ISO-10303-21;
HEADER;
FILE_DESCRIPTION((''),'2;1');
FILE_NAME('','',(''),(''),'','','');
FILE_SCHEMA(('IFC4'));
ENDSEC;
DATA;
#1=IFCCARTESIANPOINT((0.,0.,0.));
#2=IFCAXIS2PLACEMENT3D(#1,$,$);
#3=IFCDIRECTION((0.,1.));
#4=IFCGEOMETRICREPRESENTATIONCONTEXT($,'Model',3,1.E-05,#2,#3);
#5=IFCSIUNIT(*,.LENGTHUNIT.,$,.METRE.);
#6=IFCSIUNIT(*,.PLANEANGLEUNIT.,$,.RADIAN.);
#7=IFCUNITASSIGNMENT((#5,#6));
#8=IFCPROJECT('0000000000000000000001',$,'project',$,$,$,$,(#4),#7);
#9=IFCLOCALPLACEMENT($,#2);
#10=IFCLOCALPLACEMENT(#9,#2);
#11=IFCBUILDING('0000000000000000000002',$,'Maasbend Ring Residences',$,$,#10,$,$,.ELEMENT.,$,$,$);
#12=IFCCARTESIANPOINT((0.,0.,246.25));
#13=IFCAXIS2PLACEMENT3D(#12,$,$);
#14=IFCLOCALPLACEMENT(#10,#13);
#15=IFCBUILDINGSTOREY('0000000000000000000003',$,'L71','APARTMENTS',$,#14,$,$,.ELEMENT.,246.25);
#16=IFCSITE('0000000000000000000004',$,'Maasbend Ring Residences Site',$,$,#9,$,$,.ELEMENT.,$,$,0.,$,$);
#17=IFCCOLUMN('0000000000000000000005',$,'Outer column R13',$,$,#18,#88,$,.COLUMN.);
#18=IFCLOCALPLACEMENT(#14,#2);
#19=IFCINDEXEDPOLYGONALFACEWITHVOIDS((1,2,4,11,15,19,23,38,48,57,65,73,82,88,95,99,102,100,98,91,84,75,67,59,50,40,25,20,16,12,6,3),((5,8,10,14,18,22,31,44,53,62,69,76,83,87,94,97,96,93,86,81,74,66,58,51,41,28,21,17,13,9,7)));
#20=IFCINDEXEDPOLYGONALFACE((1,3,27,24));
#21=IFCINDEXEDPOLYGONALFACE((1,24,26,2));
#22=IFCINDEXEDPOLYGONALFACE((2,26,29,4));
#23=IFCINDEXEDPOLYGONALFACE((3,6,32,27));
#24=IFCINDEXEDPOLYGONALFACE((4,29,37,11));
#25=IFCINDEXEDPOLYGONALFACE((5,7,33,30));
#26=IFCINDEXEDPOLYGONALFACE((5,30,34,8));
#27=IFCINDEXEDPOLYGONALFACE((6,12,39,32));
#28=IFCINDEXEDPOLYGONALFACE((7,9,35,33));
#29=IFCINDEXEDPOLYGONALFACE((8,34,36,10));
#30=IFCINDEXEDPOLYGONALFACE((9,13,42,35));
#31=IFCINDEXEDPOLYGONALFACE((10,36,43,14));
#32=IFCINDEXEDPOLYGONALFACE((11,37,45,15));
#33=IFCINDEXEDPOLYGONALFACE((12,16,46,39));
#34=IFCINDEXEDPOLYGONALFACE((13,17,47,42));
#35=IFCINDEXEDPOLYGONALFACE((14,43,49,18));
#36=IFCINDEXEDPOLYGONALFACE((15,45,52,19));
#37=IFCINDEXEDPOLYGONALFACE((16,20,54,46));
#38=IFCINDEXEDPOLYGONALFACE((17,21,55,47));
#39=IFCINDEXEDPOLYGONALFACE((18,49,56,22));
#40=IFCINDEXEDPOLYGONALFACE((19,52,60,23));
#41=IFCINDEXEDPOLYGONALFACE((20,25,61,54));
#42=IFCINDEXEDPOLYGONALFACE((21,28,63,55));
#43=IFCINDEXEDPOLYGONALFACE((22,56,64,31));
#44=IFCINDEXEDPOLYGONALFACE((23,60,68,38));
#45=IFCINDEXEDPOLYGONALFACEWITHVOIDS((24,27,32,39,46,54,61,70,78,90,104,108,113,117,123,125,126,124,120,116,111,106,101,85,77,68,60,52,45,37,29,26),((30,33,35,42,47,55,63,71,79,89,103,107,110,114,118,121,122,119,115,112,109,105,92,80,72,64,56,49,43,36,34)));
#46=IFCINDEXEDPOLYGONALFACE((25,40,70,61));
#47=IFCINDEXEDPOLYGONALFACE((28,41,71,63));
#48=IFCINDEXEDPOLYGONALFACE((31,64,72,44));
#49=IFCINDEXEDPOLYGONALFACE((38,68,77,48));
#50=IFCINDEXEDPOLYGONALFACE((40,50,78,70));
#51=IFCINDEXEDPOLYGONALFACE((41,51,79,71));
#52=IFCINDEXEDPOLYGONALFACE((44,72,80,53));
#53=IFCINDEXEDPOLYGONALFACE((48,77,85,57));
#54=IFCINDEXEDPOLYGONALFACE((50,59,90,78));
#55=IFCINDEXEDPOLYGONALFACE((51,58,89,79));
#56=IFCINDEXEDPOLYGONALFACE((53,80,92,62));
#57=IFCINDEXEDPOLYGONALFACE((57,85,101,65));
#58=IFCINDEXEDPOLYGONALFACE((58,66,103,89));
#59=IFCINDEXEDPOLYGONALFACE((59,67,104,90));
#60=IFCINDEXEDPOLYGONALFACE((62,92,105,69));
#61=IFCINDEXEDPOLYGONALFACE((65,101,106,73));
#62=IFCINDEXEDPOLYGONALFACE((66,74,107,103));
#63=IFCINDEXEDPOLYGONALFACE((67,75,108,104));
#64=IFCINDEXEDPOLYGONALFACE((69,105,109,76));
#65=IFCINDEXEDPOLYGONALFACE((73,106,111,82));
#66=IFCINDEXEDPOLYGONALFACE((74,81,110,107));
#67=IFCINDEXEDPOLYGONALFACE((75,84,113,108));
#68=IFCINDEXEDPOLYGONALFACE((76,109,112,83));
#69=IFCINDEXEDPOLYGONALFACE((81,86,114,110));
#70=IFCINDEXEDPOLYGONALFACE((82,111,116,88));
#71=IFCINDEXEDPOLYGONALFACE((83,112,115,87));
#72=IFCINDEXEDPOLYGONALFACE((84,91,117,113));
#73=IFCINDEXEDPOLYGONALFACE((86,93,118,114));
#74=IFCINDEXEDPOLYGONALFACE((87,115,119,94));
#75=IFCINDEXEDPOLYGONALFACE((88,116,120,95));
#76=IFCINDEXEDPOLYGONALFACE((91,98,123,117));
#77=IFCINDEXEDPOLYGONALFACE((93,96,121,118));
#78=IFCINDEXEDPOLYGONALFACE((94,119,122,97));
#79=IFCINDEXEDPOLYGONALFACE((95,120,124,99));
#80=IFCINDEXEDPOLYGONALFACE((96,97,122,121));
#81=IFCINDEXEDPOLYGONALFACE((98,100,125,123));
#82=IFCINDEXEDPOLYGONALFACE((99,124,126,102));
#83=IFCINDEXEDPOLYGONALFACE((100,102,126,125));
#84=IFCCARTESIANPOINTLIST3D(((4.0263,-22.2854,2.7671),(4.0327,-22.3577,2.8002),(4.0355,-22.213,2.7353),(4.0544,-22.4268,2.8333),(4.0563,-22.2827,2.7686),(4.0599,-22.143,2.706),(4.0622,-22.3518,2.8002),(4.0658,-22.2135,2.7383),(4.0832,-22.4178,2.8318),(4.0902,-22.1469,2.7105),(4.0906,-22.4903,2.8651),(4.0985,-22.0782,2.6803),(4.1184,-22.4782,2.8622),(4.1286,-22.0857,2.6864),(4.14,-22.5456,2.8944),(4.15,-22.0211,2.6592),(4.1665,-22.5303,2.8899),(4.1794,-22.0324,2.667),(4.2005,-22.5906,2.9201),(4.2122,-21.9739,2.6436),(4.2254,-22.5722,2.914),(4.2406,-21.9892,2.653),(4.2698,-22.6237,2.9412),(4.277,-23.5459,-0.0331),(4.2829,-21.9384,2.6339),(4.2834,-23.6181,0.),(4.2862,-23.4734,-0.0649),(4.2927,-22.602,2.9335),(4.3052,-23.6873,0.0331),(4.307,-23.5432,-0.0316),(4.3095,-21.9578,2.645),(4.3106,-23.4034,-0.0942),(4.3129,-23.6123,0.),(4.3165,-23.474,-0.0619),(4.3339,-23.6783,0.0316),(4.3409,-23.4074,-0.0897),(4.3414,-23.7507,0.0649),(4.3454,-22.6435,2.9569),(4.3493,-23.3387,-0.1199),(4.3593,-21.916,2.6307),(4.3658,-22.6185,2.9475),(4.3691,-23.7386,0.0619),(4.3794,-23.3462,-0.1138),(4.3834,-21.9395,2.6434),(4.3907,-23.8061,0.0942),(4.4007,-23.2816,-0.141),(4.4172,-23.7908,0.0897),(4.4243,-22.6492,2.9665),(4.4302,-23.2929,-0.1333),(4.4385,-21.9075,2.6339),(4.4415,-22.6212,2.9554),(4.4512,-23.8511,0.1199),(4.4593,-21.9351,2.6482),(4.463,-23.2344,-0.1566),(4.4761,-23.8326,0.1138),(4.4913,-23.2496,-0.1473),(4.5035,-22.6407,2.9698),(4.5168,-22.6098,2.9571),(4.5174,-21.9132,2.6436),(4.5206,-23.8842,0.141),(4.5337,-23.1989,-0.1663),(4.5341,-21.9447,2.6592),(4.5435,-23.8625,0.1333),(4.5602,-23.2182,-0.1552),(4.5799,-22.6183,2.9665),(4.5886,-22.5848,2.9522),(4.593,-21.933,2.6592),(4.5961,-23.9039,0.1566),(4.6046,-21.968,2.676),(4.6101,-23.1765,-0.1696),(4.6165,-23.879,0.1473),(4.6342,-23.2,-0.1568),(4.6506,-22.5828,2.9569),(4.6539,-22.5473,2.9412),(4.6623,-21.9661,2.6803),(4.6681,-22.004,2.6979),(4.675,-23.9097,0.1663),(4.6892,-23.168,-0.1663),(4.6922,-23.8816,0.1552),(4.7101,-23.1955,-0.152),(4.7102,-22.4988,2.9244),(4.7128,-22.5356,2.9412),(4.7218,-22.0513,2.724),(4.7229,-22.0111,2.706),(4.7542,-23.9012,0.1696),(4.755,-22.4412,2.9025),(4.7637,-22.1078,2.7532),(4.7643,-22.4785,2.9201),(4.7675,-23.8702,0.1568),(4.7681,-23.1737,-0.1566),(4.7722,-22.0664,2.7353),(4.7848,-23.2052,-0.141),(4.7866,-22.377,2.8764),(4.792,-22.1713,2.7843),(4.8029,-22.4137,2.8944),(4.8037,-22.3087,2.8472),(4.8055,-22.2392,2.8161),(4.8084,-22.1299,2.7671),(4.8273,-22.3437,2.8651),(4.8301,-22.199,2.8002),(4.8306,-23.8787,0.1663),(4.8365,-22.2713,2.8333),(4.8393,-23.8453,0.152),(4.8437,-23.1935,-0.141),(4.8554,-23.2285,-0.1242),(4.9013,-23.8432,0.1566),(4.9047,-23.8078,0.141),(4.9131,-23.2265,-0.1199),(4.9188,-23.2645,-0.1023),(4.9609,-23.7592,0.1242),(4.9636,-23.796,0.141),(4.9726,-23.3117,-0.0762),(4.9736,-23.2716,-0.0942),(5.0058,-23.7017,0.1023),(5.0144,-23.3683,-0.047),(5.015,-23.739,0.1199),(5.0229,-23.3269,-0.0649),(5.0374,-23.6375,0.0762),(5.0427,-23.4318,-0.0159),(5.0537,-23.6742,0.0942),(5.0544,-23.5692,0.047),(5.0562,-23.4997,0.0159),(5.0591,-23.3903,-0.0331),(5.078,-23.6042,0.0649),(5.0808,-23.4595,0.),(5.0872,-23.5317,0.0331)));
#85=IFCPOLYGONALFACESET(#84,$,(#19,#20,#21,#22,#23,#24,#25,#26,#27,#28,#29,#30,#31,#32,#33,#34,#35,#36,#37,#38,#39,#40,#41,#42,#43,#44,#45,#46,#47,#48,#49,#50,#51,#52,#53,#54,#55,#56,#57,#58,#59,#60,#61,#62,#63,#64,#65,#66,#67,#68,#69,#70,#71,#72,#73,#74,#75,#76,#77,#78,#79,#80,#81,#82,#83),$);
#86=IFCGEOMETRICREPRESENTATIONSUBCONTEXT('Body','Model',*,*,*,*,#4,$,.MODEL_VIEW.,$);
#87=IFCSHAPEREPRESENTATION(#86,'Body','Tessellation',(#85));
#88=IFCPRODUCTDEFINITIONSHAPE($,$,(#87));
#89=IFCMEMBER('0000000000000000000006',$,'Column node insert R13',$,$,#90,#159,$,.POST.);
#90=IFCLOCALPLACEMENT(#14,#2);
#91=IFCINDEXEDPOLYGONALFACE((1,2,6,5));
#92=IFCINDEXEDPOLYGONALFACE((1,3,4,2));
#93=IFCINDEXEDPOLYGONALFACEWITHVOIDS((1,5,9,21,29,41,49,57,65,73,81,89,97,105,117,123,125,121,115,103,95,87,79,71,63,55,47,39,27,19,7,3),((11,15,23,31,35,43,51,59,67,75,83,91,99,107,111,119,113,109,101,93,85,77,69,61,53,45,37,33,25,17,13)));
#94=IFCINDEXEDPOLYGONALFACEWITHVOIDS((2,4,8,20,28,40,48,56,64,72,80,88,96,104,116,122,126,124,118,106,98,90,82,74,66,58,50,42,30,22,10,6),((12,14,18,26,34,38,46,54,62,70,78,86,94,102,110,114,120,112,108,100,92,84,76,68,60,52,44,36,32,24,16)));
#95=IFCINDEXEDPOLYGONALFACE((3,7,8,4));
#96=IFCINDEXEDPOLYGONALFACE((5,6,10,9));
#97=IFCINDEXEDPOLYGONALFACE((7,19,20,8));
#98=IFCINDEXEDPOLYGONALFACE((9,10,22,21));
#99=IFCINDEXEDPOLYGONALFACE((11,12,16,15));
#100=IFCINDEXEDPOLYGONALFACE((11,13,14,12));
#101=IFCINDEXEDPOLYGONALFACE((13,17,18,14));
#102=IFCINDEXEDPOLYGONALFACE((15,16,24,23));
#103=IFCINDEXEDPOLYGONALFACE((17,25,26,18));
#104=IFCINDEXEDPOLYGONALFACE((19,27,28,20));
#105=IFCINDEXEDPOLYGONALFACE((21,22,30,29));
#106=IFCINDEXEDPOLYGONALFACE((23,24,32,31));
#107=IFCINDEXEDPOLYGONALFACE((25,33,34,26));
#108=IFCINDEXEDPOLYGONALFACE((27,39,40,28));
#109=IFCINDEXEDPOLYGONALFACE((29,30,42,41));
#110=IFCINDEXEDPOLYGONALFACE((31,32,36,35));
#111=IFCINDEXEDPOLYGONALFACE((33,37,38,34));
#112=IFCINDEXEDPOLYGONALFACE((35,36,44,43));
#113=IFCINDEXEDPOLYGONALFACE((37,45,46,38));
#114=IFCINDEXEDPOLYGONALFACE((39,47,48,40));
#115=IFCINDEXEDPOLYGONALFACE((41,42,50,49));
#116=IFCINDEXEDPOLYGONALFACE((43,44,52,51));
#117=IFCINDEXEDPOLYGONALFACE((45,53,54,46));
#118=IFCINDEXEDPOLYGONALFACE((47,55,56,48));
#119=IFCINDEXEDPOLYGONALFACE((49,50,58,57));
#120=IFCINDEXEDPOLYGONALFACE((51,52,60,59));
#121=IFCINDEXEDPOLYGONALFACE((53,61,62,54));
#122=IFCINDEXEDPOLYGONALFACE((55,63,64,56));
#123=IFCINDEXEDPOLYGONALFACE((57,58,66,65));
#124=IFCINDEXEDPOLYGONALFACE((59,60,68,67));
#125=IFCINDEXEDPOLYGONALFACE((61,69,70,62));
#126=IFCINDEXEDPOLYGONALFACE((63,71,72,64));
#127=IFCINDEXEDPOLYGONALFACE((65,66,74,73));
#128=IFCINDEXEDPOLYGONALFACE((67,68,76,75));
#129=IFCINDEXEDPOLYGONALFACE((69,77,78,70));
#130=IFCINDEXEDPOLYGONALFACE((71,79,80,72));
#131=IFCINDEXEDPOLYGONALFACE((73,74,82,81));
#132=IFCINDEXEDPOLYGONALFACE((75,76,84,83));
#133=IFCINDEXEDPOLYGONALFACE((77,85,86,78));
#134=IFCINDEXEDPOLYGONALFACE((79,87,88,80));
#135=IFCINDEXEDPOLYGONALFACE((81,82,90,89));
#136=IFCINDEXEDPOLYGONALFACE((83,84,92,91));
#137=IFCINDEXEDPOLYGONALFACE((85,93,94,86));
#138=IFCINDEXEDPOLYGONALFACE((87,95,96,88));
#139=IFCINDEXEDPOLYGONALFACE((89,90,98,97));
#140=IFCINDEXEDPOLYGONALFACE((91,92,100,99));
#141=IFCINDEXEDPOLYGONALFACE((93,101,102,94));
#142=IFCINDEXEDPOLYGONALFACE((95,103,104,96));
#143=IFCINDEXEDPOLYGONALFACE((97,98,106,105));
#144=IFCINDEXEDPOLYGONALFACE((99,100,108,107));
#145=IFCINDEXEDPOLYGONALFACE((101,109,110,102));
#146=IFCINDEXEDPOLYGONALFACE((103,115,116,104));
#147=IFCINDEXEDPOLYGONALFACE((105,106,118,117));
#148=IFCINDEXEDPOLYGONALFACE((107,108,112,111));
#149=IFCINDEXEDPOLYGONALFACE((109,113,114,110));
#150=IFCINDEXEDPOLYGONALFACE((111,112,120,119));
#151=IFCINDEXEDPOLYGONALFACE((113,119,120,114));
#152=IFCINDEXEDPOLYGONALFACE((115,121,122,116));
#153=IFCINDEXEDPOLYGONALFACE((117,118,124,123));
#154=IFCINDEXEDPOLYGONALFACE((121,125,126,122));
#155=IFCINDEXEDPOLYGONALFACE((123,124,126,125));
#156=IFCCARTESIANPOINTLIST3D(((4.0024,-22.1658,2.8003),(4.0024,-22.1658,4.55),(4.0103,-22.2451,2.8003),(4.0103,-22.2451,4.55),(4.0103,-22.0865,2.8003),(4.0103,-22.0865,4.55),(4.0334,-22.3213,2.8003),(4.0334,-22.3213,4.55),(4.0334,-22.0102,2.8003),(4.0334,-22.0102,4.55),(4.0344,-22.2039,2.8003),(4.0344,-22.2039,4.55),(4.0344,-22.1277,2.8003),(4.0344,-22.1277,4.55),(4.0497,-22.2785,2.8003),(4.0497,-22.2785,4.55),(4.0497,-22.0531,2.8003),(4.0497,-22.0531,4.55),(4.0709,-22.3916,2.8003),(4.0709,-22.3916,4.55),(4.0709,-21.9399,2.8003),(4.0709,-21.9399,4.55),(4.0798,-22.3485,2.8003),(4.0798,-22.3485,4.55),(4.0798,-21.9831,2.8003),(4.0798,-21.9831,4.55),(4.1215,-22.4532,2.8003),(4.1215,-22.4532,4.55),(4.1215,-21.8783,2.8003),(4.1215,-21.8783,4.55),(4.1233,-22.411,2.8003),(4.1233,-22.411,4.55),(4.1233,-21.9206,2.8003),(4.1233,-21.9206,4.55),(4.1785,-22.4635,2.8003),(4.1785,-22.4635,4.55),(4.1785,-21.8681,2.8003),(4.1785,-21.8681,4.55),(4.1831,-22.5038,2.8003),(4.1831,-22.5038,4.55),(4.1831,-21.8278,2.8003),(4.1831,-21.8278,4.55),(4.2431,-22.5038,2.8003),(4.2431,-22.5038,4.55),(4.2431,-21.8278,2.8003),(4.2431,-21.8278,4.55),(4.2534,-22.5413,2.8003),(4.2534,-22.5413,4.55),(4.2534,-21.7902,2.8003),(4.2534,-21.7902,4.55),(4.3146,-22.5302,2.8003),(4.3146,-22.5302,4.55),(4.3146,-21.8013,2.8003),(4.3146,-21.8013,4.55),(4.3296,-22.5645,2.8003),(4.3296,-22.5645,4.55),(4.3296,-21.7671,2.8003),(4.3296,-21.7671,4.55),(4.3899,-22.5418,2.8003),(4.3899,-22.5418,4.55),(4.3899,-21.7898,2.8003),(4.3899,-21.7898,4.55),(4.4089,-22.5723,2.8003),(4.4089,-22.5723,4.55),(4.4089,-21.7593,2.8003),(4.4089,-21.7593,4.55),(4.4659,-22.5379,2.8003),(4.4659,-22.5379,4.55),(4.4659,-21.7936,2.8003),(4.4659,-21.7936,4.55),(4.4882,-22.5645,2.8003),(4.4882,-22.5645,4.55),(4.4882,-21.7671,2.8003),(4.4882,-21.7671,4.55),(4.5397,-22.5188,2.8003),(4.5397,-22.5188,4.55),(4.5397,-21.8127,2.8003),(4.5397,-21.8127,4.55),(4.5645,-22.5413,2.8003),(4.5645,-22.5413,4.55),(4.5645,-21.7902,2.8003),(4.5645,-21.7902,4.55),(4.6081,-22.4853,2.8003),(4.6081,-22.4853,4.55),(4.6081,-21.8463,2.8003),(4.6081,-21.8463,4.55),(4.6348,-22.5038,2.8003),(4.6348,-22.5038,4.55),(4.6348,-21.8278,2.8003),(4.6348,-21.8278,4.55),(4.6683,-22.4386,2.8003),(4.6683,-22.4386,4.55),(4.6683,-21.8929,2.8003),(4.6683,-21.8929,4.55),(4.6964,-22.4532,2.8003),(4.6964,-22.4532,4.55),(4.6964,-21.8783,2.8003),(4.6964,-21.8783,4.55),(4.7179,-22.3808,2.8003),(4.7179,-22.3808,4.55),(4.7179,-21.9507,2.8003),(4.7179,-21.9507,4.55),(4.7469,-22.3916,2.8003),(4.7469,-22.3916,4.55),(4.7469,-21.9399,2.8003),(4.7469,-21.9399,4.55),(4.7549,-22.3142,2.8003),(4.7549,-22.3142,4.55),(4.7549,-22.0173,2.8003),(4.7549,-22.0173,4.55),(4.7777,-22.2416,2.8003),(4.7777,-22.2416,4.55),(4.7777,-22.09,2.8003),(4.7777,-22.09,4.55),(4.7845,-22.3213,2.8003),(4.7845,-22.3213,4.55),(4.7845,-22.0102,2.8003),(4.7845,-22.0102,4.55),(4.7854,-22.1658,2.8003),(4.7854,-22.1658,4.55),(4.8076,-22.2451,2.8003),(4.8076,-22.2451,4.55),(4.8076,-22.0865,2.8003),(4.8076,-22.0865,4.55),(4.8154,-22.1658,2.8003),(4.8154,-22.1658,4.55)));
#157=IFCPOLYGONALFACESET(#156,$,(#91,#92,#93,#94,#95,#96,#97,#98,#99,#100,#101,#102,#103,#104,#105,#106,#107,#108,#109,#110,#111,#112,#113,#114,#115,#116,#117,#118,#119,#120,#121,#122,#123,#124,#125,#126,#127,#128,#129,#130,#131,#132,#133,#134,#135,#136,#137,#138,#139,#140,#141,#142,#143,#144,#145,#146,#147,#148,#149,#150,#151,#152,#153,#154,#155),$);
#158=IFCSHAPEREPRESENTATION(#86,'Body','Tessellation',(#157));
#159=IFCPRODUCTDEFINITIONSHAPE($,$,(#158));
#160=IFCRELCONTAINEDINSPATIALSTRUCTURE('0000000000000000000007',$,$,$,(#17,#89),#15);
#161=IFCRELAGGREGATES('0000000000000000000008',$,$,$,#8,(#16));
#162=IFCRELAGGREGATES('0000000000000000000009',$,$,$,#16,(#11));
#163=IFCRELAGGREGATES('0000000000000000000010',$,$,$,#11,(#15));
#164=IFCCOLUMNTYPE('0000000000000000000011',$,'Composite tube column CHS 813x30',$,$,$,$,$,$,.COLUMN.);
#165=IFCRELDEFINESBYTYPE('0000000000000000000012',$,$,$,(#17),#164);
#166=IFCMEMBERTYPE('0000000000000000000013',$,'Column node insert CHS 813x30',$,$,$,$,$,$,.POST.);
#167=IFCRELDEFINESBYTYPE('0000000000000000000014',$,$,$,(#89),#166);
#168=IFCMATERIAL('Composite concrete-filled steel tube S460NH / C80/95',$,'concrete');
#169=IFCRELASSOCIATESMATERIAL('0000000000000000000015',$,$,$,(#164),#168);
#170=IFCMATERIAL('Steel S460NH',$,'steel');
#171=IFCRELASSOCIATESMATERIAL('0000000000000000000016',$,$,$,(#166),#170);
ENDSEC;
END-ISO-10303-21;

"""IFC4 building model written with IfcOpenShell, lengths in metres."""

from ifc_helpers import new_model, si_unit, direction, frame, origin, origin_2d, place, context, subcontext, project, spatial, hollow_circle, extrude, material, material_profile, profile_set, type_object, element, save


model = new_model("IFC4")

# Units and contexts
model_context = context("Model", 3, precision=1e-05, world=origin(), true_north=direction((0.0, 1.0)))
body_context = subcontext(model_context, "Body", "Model", "MODEL_VIEW")
ifc_project = project(units=[si_unit("LENGTHUNIT", "METRE"), si_unit("PLANEANGLEUNIT", "RADIAN")], contexts=[model_context])

# Site, building, storey
site_placement = place(None, origin())
site = spatial("IfcSite", under=ifc_project, at=site_placement, Name="Maasbend Ring Residences Site", CompositionType="ELEMENT", RefElevation=0.0)
building_placement = place(site_placement, origin())
building = spatial("IfcBuilding", under=site, at=building_placement, Name="Maasbend Ring Residences", CompositionType="ELEMENT")
storey_placement = place(building_placement, frame((0.0, 0.0, 246.25)))
storey = spatial("IfcBuildingStorey", under=building, at=storey_placement, Name="L71", Description="APARTMENTS", CompositionType="ELEMENT", Elevation=246.25)

# Column
ifc_material_1 = material(Name="Composite concrete-filled steel tube S460NH / C80/95", Category="concrete")
ifc_material_profile_1 = material_profile(ifc_material_1, hollow_circle(Radius=0.4065, WallThickness=0.03, at=origin_2d()), Name="Composite tube column CHS 813x30")
ifc_profile_set_1 = profile_set([ifc_material_profile_1], Name="Composite concrete-filled steel tube S460NH / C80/95")
column_type = type_object("IfcColumnType", Name="Composite tube column CHS 813x30", PredefinedType="COLUMN", material=ifc_profile_set_1)
column_placement = place(storey_placement, frame((4.6821, -23.5388, 0.0), z_axis=(-0.081377, 0.409103, 0.908853), x_axis=(-0.980785, -0.195093, 0.0)))
element("IfcColumn", 1, at=column_placement, inside=storey, type_object=column_type, Name="Outer column R13", PredefinedType="COLUMN", context=body_context, shape_type="SweptSolid", body=[
    extrude(hollow_circle(Radius=0.4065, WallThickness=0.03, at=origin_2d()), origin(), (0.0, 0.0, 1.0), 3.0811),
])

# Member
ifc_material_2 = material(Name="Steel S460NH", Category="steel")
ifc_material_profile_2 = material_profile(ifc_material_2, hollow_circle(Radius=0.4065, WallThickness=0.03, at=origin_2d()), Name="Column node insert CHS 813x30")
ifc_profile_set_2 = profile_set([ifc_material_profile_2], Name="Steel S460NH")
member_type = type_object("IfcMemberType", Name="Column node insert CHS 813x30", PredefinedType="POST", material=ifc_profile_set_2)
member_placement = place(storey_placement, frame((4.4089, -22.1658, 2.8003), z_axis=(0.0, 0.0, 1.0), x_axis=(1.0, 0.0, 0.0)))
element("IfcMember", 2, at=member_placement, inside=storey, type_object=member_type, Name="Column node insert R13", PredefinedType="POST", context=body_context, shape_type="SweptSolid", body=[
    extrude(hollow_circle(Radius=0.4065, WallThickness=0.03, at=origin_2d()), origin(), (0.0, 0.0, 1.0), 1.7498),
])

save(model, "model.ifc")
